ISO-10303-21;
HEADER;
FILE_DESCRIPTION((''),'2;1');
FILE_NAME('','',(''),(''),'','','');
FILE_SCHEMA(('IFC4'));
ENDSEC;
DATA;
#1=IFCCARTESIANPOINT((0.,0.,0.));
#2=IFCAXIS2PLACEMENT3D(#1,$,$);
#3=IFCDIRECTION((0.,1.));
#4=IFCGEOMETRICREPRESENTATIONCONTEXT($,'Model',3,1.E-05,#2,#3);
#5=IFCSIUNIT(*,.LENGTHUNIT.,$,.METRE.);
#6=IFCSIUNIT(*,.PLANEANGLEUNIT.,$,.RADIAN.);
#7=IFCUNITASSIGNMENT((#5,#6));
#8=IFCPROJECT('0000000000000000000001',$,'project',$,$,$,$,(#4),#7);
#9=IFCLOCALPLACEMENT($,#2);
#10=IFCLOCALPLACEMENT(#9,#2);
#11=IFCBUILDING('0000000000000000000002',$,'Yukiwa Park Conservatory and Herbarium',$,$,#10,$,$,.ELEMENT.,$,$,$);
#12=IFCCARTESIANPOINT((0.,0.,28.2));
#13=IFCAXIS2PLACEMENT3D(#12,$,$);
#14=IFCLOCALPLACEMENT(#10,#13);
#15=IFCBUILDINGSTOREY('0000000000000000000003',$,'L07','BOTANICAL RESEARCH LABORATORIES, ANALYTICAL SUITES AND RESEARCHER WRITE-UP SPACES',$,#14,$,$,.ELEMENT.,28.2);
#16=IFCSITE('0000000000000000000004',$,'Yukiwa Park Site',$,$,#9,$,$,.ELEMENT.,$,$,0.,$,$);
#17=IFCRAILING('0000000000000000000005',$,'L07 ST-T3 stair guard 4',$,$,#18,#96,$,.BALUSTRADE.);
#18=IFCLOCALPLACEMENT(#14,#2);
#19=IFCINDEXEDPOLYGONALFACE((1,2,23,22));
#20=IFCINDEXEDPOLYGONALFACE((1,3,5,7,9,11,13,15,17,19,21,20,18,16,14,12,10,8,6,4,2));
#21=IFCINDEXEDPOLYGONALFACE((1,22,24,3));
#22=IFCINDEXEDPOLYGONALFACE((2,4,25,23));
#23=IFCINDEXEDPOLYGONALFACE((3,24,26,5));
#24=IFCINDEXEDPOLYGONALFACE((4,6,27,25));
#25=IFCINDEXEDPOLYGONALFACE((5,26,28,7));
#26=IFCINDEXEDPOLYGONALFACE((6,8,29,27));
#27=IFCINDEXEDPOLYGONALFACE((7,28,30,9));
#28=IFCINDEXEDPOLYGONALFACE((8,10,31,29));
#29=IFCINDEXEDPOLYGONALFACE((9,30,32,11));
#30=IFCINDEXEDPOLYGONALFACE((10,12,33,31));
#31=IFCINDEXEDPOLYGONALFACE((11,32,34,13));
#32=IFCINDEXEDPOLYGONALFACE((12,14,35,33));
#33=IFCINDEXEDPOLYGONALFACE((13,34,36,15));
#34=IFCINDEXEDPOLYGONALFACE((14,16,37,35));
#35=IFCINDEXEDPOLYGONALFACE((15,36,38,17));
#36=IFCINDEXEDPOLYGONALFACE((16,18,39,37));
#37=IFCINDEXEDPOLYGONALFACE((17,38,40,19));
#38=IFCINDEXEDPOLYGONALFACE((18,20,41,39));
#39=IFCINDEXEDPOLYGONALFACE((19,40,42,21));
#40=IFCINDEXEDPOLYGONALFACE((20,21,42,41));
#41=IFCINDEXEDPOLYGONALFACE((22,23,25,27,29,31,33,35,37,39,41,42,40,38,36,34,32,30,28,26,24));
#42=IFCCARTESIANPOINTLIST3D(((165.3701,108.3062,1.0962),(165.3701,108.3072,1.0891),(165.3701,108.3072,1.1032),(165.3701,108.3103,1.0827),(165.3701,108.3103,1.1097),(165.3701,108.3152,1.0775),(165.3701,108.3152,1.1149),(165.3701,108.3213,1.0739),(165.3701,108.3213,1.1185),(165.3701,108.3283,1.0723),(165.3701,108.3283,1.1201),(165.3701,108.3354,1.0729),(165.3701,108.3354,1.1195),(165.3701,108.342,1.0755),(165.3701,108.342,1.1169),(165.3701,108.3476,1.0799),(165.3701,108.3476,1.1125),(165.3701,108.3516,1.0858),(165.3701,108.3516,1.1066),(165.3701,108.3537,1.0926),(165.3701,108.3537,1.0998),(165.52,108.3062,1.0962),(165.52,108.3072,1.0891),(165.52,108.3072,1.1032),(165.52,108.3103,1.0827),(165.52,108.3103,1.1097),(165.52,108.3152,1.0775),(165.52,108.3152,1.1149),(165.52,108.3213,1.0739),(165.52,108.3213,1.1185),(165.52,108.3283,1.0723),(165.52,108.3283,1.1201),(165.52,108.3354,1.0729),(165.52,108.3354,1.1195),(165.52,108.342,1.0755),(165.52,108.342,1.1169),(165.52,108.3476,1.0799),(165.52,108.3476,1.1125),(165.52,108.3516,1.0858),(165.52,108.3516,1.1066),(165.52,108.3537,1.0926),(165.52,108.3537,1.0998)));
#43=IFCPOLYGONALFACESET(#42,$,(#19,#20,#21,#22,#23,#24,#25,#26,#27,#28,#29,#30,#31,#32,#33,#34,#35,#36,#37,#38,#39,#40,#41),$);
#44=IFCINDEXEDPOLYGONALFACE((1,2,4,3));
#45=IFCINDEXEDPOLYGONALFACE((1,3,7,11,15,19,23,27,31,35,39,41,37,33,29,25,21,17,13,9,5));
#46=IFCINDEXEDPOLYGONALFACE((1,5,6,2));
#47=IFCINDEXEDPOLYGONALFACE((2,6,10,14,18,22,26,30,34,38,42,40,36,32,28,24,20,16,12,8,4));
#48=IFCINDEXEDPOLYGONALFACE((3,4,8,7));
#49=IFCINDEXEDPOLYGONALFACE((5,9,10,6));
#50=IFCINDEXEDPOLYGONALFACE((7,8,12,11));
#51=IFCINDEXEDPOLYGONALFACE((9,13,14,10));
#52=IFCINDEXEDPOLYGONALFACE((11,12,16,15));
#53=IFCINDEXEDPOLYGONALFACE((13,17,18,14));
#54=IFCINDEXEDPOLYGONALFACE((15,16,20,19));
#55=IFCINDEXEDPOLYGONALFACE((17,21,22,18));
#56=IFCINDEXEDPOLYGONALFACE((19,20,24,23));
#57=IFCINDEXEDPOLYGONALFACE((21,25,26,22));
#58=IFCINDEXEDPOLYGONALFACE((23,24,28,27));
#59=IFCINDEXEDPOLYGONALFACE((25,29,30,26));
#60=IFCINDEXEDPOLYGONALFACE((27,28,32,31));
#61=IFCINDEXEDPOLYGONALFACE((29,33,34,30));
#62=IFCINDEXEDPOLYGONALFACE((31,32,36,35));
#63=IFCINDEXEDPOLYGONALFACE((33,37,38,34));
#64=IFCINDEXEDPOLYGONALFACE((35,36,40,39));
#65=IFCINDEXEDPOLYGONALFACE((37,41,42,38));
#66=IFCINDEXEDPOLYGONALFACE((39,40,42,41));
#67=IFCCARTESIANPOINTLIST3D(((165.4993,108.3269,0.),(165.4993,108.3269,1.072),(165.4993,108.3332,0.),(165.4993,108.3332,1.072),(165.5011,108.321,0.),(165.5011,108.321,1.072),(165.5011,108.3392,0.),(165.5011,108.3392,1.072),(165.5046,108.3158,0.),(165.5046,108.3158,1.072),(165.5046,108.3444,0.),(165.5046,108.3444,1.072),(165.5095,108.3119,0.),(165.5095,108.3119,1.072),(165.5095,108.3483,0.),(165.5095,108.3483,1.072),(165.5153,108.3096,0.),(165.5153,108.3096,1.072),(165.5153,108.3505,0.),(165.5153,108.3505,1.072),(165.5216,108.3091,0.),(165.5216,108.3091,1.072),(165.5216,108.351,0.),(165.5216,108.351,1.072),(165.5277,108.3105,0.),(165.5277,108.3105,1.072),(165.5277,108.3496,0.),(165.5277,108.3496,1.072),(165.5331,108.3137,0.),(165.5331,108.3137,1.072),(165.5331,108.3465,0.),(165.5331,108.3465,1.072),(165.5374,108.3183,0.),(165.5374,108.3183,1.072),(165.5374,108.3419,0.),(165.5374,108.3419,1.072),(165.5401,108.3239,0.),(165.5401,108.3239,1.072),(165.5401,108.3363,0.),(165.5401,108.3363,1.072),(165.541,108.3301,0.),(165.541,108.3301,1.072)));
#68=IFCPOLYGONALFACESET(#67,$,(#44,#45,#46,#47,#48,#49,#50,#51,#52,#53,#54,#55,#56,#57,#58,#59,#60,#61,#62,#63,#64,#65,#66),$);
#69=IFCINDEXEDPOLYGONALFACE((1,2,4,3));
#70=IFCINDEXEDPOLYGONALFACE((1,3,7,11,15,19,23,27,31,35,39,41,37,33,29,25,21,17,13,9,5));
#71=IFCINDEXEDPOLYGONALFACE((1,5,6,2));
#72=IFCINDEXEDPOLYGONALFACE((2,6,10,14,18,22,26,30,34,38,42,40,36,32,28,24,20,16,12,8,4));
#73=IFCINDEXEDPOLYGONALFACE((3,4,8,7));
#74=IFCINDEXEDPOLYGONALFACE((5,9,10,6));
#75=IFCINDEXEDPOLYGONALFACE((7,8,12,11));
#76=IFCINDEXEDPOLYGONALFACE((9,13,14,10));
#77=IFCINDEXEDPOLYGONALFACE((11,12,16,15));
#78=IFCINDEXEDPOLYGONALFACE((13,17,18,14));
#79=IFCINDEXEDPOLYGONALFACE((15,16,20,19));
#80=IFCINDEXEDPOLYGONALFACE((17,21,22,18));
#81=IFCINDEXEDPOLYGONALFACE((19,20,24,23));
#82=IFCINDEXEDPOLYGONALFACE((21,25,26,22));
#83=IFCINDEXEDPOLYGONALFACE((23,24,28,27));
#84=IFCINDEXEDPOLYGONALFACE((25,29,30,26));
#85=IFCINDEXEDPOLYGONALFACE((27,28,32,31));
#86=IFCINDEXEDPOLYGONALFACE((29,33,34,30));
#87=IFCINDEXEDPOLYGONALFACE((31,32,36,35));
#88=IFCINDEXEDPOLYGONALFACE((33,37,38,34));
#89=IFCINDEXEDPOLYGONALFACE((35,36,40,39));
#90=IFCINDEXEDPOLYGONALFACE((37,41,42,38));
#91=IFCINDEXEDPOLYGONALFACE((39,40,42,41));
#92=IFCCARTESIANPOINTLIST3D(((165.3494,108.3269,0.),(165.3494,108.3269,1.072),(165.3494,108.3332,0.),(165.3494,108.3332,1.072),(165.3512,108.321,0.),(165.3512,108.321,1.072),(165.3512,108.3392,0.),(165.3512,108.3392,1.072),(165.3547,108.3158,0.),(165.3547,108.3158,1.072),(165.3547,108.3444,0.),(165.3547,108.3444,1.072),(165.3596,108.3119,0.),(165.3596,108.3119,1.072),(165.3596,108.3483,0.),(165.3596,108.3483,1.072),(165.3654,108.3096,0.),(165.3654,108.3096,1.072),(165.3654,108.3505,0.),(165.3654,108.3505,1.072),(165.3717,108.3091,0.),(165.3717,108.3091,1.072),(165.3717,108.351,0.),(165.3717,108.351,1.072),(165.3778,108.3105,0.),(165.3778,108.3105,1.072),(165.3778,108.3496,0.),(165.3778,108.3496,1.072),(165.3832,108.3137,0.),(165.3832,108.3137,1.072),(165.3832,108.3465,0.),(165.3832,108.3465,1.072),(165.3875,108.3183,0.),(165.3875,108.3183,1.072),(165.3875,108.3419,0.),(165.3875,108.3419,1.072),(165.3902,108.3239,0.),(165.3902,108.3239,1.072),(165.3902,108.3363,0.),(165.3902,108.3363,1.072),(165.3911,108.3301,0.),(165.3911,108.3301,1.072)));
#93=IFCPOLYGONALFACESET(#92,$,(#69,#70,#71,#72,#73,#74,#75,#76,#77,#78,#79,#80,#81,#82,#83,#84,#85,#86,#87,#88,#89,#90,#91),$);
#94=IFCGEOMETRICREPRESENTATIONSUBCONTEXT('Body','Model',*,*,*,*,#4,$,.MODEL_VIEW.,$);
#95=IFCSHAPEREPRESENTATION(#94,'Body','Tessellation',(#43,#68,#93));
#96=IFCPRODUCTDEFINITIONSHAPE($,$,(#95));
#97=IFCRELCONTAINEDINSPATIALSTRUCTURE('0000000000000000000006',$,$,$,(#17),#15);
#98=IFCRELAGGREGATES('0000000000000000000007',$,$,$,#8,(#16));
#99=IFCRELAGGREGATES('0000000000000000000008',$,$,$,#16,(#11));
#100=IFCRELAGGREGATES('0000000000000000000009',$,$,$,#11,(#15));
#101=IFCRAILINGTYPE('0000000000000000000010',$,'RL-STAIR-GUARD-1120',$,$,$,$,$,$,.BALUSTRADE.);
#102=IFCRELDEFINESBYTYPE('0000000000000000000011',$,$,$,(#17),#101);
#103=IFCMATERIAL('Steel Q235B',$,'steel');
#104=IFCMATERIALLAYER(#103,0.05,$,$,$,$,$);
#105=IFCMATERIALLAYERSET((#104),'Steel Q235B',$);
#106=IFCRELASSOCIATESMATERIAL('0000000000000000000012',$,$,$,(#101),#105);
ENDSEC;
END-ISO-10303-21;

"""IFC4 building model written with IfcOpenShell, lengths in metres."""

from ifc_helpers import new_model, si_unit, direction, frame, origin, origin_2d, place, context, subcontext, project, spatial, circle, extrude, material, layer, layer_set, type_object, element, save


model = new_model("IFC4")

# Units and contexts
model_context = context("Model", 3, precision=1e-05, world=origin(), true_north=direction((0.0, 1.0)))
body_context = subcontext(model_context, "Body", "Model", "MODEL_VIEW")
ifc_project = project(units=[si_unit("LENGTHUNIT", "METRE"), si_unit("PLANEANGLEUNIT", "RADIAN")], contexts=[model_context])

# Site, building, storey
site_placement = place(None, origin())
site = spatial("IfcSite", under=ifc_project, at=site_placement, Name="Yukiwa Park Site", CompositionType="ELEMENT", RefElevation=0.0)
building_placement = place(site_placement, origin())
building = spatial("IfcBuilding", under=site, at=building_placement, Name="Yukiwa Park Conservatory and Herbarium", CompositionType="ELEMENT")
storey_placement = place(building_placement, frame((0.0, 0.0, 28.2)))
storey = spatial("IfcBuildingStorey", under=building, at=storey_placement, Name="L07", Description="BOTANICAL RESEARCH LABORATORIES, ANALYTICAL SUITES AND RESEARCHER WRITE-UP SPACES", CompositionType="ELEMENT", Elevation=28.2)

# Railing
ifc_material_1 = material(Name="Steel Q235B", Category="steel")
ifc_layer_1 = layer(ifc_material_1, 0.05)
ifc_layer_set_1 = layer_set([ifc_layer_1], Name="Steel Q235B")
railing_type_1 = type_object("IfcRailingType", Name="RL-STAIR-GUARD-1120", PredefinedType="BALUSTRADE", material=ifc_layer_set_1)
railing_1_placement = place(storey_placement, frame((165.52, 108.3301, 0.0)))
element("IfcRailing", 1, at=railing_1_placement, inside=storey, type_object=railing_type_1, Name="L07 ST-T3 stair guard 4", PredefinedType="BALUSTRADE", context=body_context, shape_type="SweptSolid", body=[
    extrude(circle(Radius=0.0239, at=origin_2d()), frame((0.0, 0.0, 1.0962), z_axis=(-1.0, 0.0, 0.0), x_axis=(0.0, -1.0, 0.0)), (0.0, 0.0, 1.0), 0.1499),
    extrude(circle(Radius=0.021, at=origin_2d()), origin(), (0.0, 0.0, 1.0), 1.072),
    extrude(circle(Radius=0.021, at=origin_2d()), frame((-0.1499, 0.0, 0.0)), (0.0, 0.0, 1.0), 1.072),
])

save(model, "model.ifc")
